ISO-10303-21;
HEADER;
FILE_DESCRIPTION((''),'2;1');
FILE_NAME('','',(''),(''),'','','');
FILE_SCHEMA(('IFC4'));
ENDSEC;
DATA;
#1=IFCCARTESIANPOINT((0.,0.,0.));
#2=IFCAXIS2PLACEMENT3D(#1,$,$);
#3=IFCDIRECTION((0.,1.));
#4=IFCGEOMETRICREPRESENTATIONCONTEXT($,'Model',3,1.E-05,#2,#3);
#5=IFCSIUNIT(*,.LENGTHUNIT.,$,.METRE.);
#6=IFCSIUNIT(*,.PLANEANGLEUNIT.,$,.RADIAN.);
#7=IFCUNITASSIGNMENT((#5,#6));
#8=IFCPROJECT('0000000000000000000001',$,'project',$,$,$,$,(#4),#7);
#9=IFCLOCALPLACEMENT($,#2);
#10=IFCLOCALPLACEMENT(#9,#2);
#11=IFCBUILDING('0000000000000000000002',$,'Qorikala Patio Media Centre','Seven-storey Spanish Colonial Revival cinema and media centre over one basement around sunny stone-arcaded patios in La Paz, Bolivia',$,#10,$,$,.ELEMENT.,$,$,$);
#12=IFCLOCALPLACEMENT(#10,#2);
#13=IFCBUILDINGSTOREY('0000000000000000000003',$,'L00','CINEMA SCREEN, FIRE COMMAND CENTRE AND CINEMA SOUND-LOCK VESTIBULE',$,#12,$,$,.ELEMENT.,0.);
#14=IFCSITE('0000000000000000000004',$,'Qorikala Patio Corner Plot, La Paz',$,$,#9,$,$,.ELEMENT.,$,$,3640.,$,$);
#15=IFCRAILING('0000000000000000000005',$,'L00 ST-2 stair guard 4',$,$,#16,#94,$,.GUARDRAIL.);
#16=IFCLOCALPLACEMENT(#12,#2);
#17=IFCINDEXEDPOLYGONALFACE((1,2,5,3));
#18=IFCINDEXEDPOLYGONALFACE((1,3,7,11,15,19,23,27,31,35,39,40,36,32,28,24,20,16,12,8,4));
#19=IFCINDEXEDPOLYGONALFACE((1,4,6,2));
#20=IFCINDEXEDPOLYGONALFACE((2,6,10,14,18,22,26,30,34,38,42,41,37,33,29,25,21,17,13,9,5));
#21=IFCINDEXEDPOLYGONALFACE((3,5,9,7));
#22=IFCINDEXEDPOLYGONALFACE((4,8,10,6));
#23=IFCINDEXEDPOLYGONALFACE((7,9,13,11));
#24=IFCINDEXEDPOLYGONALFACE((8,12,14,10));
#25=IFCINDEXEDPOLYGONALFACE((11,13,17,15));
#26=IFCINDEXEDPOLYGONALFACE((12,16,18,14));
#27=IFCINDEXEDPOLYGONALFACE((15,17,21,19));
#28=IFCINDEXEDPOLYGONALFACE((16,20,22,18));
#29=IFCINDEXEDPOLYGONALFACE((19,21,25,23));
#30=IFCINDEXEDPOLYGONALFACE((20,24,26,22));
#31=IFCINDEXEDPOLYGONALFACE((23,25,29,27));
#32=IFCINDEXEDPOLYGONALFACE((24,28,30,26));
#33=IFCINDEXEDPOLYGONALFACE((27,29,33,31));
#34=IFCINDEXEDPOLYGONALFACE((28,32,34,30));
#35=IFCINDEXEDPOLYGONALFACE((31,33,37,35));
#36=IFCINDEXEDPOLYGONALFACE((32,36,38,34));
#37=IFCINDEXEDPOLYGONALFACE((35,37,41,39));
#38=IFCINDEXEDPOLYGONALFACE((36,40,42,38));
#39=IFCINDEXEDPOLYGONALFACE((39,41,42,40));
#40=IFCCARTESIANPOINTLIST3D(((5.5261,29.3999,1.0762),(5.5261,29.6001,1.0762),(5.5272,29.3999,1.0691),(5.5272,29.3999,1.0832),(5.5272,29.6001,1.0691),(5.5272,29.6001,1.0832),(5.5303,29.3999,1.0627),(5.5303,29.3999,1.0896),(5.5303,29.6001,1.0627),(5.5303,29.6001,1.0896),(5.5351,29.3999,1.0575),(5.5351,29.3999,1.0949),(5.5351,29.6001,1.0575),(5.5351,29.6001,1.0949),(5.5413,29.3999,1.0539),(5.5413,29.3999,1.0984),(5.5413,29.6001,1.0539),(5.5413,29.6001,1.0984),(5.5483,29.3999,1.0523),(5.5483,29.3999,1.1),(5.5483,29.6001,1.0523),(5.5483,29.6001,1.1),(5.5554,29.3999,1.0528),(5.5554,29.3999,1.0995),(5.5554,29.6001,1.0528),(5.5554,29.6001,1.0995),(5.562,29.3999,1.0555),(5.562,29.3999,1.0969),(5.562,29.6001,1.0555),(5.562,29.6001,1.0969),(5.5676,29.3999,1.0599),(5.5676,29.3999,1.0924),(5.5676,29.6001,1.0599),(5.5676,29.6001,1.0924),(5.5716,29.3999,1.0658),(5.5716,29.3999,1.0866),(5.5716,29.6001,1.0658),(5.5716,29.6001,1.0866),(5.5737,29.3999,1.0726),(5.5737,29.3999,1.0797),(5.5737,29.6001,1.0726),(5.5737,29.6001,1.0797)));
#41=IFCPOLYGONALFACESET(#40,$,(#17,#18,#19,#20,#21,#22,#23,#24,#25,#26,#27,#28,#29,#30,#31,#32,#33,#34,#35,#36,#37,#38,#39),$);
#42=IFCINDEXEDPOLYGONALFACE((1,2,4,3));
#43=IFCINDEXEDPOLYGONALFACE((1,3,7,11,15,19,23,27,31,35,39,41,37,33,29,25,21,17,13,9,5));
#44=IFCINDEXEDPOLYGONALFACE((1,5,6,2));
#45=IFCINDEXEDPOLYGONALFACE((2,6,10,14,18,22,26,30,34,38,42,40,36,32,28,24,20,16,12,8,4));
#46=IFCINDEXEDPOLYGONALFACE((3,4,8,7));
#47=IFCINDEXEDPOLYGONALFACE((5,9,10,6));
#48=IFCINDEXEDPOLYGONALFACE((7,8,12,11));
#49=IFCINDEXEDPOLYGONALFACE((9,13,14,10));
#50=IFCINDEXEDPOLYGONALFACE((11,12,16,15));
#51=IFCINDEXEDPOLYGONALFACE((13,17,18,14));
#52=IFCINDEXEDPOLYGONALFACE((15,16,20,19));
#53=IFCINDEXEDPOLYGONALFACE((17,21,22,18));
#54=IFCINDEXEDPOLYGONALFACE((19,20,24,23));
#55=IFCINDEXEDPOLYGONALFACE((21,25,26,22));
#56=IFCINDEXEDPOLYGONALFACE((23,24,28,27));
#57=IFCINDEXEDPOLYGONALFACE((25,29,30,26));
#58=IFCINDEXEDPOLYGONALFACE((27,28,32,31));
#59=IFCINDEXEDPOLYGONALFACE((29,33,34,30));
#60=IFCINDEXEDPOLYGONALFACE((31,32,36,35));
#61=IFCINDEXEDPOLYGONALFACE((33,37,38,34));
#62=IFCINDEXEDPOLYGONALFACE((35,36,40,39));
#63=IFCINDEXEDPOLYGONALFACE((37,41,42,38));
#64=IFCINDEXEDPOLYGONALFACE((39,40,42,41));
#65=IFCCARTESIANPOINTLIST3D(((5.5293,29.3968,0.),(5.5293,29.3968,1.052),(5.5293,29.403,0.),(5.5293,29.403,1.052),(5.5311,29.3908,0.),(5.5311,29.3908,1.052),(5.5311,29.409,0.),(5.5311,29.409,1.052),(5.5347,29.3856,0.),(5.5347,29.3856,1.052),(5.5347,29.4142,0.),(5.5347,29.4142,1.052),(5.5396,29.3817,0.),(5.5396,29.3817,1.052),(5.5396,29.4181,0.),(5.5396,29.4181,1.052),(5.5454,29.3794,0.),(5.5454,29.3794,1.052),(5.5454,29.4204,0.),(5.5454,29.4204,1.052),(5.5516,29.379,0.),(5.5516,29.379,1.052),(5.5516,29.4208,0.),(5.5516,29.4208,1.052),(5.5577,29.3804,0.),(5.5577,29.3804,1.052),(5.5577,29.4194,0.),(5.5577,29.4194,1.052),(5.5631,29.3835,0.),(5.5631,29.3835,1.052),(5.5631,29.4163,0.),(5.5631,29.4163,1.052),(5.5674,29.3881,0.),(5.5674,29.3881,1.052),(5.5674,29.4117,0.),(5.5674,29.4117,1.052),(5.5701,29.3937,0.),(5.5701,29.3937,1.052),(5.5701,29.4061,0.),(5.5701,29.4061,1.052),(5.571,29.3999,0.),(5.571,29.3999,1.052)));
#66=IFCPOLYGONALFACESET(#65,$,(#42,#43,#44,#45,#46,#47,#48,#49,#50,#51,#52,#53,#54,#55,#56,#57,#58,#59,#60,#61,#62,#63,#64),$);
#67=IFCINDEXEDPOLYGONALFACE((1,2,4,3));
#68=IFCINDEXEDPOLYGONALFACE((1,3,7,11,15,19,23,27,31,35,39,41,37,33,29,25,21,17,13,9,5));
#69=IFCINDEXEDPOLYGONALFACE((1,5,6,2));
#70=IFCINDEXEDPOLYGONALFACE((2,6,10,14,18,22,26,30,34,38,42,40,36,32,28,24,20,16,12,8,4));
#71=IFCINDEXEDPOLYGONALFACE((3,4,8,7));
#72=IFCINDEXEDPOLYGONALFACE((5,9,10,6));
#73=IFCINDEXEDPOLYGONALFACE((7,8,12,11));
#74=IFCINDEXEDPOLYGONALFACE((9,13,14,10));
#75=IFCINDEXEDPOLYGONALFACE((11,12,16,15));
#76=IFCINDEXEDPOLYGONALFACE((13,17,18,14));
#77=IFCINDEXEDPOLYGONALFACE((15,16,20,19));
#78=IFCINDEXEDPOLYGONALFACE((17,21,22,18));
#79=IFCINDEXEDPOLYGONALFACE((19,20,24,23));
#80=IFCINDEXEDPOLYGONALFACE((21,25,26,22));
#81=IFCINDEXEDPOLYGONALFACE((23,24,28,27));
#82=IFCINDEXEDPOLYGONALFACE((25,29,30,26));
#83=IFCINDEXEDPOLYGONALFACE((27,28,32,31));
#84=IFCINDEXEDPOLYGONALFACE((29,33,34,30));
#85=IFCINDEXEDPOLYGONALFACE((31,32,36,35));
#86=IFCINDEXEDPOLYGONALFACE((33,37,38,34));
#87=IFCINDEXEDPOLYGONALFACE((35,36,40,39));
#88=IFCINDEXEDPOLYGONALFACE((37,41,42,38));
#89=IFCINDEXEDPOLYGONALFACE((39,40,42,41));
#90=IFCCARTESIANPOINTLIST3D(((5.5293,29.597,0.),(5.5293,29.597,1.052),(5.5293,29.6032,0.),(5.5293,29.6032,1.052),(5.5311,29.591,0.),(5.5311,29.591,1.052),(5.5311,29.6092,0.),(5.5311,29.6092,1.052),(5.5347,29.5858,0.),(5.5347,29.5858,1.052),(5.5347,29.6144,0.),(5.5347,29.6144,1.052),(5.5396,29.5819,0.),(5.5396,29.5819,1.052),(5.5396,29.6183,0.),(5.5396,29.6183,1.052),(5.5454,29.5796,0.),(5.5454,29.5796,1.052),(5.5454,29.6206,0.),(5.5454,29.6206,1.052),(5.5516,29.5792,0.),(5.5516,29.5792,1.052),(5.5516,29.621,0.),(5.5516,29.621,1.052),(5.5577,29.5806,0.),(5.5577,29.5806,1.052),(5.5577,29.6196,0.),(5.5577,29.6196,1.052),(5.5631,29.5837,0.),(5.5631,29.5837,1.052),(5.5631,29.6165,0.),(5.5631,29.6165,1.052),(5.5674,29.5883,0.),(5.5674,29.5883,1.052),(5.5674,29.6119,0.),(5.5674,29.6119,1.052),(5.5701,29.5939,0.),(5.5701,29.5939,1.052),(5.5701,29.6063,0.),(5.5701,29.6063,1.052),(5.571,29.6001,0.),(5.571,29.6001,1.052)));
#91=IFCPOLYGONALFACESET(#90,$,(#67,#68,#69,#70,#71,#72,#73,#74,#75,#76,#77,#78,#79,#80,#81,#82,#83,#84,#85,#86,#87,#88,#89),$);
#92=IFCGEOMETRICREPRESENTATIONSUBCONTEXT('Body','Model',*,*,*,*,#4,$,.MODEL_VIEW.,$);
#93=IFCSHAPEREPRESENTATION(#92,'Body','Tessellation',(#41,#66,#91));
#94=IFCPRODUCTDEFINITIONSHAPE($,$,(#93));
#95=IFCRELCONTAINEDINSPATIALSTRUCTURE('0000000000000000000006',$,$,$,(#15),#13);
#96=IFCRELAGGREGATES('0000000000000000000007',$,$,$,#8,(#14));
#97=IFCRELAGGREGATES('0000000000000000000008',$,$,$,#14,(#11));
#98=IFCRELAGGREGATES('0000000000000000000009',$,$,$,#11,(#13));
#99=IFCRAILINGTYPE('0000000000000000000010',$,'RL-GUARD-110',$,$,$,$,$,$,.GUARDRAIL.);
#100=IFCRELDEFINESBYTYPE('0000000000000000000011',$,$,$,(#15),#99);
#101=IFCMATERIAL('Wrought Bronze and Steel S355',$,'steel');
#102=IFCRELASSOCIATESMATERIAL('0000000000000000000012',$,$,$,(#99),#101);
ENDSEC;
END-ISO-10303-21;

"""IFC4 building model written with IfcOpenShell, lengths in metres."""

from ifc_helpers import new_model, si_unit, direction, frame, origin, origin_2d, place, context, subcontext, project, spatial, circle, extrude, material, type_object, element, save


model = new_model("IFC4")

# Units and contexts
model_context = context("Model", 3, precision=1e-05, world=origin(), true_north=direction((0.0, 1.0)))
body_context = subcontext(model_context, "Body", "Model", "MODEL_VIEW")
ifc_project = project(units=[si_unit("LENGTHUNIT", "METRE"), si_unit("PLANEANGLEUNIT", "RADIAN")], contexts=[model_context])

# Site, building, storey
site_placement = place(None, origin())
site = spatial("IfcSite", under=ifc_project, at=site_placement, Name="Qorikala Patio Corner Plot, La Paz", CompositionType="ELEMENT", RefElevation=3640.0)
building_placement = place(site_placement, origin())
building = spatial("IfcBuilding", under=site, at=building_placement, Name="Qorikala Patio Media Centre", Description="Seven-storey Spanish Colonial Revival cinema and media centre over one basement around sunny stone-arcaded patios in La Paz, Bolivia", CompositionType="ELEMENT")
storey_placement = place(building_placement, origin())
storey = spatial("IfcBuildingStorey", under=building, at=storey_placement, Name="L00", Description="CINEMA SCREEN, FIRE COMMAND CENTRE AND CINEMA SOUND-LOCK VESTIBULE", CompositionType="ELEMENT", Elevation=0.0)

# Railing
ifc_material_1 = material(Name="Wrought Bronze and Steel S355", Category="steel")
railing_type_1 = type_object("IfcRailingType", Name="RL-GUARD-110", PredefinedType="GUARDRAIL", material=ifc_material_1)
railing_1_placement = place(storey_placement, frame((5.55, 29.3999, 0.0)))
element("IfcRailing", 1, at=railing_1_placement, inside=storey, type_object=railing_type_1, Name="L00 ST-2 stair guard 4", PredefinedType="GUARDRAIL", context=body_context, shape_type="SweptSolid", body=[
    extrude(circle(Radius=0.0239, at=origin_2d()), frame((0.0, 0.0, 1.0762), z_axis=(0.0, 1.0, 0.0), x_axis=(-1.0, 0.0, 0.0)), (0.0, 0.0, 1.0), 0.2002),
    extrude(circle(Radius=0.021, at=origin_2d()), origin(), (0.0, 0.0, 1.0), 1.052),
    extrude(circle(Radius=0.021, at=origin_2d()), frame((0.0, 0.2002, 0.0)), (0.0, 0.0, 1.0), 1.052),
])

save(model, "model.ifc")
